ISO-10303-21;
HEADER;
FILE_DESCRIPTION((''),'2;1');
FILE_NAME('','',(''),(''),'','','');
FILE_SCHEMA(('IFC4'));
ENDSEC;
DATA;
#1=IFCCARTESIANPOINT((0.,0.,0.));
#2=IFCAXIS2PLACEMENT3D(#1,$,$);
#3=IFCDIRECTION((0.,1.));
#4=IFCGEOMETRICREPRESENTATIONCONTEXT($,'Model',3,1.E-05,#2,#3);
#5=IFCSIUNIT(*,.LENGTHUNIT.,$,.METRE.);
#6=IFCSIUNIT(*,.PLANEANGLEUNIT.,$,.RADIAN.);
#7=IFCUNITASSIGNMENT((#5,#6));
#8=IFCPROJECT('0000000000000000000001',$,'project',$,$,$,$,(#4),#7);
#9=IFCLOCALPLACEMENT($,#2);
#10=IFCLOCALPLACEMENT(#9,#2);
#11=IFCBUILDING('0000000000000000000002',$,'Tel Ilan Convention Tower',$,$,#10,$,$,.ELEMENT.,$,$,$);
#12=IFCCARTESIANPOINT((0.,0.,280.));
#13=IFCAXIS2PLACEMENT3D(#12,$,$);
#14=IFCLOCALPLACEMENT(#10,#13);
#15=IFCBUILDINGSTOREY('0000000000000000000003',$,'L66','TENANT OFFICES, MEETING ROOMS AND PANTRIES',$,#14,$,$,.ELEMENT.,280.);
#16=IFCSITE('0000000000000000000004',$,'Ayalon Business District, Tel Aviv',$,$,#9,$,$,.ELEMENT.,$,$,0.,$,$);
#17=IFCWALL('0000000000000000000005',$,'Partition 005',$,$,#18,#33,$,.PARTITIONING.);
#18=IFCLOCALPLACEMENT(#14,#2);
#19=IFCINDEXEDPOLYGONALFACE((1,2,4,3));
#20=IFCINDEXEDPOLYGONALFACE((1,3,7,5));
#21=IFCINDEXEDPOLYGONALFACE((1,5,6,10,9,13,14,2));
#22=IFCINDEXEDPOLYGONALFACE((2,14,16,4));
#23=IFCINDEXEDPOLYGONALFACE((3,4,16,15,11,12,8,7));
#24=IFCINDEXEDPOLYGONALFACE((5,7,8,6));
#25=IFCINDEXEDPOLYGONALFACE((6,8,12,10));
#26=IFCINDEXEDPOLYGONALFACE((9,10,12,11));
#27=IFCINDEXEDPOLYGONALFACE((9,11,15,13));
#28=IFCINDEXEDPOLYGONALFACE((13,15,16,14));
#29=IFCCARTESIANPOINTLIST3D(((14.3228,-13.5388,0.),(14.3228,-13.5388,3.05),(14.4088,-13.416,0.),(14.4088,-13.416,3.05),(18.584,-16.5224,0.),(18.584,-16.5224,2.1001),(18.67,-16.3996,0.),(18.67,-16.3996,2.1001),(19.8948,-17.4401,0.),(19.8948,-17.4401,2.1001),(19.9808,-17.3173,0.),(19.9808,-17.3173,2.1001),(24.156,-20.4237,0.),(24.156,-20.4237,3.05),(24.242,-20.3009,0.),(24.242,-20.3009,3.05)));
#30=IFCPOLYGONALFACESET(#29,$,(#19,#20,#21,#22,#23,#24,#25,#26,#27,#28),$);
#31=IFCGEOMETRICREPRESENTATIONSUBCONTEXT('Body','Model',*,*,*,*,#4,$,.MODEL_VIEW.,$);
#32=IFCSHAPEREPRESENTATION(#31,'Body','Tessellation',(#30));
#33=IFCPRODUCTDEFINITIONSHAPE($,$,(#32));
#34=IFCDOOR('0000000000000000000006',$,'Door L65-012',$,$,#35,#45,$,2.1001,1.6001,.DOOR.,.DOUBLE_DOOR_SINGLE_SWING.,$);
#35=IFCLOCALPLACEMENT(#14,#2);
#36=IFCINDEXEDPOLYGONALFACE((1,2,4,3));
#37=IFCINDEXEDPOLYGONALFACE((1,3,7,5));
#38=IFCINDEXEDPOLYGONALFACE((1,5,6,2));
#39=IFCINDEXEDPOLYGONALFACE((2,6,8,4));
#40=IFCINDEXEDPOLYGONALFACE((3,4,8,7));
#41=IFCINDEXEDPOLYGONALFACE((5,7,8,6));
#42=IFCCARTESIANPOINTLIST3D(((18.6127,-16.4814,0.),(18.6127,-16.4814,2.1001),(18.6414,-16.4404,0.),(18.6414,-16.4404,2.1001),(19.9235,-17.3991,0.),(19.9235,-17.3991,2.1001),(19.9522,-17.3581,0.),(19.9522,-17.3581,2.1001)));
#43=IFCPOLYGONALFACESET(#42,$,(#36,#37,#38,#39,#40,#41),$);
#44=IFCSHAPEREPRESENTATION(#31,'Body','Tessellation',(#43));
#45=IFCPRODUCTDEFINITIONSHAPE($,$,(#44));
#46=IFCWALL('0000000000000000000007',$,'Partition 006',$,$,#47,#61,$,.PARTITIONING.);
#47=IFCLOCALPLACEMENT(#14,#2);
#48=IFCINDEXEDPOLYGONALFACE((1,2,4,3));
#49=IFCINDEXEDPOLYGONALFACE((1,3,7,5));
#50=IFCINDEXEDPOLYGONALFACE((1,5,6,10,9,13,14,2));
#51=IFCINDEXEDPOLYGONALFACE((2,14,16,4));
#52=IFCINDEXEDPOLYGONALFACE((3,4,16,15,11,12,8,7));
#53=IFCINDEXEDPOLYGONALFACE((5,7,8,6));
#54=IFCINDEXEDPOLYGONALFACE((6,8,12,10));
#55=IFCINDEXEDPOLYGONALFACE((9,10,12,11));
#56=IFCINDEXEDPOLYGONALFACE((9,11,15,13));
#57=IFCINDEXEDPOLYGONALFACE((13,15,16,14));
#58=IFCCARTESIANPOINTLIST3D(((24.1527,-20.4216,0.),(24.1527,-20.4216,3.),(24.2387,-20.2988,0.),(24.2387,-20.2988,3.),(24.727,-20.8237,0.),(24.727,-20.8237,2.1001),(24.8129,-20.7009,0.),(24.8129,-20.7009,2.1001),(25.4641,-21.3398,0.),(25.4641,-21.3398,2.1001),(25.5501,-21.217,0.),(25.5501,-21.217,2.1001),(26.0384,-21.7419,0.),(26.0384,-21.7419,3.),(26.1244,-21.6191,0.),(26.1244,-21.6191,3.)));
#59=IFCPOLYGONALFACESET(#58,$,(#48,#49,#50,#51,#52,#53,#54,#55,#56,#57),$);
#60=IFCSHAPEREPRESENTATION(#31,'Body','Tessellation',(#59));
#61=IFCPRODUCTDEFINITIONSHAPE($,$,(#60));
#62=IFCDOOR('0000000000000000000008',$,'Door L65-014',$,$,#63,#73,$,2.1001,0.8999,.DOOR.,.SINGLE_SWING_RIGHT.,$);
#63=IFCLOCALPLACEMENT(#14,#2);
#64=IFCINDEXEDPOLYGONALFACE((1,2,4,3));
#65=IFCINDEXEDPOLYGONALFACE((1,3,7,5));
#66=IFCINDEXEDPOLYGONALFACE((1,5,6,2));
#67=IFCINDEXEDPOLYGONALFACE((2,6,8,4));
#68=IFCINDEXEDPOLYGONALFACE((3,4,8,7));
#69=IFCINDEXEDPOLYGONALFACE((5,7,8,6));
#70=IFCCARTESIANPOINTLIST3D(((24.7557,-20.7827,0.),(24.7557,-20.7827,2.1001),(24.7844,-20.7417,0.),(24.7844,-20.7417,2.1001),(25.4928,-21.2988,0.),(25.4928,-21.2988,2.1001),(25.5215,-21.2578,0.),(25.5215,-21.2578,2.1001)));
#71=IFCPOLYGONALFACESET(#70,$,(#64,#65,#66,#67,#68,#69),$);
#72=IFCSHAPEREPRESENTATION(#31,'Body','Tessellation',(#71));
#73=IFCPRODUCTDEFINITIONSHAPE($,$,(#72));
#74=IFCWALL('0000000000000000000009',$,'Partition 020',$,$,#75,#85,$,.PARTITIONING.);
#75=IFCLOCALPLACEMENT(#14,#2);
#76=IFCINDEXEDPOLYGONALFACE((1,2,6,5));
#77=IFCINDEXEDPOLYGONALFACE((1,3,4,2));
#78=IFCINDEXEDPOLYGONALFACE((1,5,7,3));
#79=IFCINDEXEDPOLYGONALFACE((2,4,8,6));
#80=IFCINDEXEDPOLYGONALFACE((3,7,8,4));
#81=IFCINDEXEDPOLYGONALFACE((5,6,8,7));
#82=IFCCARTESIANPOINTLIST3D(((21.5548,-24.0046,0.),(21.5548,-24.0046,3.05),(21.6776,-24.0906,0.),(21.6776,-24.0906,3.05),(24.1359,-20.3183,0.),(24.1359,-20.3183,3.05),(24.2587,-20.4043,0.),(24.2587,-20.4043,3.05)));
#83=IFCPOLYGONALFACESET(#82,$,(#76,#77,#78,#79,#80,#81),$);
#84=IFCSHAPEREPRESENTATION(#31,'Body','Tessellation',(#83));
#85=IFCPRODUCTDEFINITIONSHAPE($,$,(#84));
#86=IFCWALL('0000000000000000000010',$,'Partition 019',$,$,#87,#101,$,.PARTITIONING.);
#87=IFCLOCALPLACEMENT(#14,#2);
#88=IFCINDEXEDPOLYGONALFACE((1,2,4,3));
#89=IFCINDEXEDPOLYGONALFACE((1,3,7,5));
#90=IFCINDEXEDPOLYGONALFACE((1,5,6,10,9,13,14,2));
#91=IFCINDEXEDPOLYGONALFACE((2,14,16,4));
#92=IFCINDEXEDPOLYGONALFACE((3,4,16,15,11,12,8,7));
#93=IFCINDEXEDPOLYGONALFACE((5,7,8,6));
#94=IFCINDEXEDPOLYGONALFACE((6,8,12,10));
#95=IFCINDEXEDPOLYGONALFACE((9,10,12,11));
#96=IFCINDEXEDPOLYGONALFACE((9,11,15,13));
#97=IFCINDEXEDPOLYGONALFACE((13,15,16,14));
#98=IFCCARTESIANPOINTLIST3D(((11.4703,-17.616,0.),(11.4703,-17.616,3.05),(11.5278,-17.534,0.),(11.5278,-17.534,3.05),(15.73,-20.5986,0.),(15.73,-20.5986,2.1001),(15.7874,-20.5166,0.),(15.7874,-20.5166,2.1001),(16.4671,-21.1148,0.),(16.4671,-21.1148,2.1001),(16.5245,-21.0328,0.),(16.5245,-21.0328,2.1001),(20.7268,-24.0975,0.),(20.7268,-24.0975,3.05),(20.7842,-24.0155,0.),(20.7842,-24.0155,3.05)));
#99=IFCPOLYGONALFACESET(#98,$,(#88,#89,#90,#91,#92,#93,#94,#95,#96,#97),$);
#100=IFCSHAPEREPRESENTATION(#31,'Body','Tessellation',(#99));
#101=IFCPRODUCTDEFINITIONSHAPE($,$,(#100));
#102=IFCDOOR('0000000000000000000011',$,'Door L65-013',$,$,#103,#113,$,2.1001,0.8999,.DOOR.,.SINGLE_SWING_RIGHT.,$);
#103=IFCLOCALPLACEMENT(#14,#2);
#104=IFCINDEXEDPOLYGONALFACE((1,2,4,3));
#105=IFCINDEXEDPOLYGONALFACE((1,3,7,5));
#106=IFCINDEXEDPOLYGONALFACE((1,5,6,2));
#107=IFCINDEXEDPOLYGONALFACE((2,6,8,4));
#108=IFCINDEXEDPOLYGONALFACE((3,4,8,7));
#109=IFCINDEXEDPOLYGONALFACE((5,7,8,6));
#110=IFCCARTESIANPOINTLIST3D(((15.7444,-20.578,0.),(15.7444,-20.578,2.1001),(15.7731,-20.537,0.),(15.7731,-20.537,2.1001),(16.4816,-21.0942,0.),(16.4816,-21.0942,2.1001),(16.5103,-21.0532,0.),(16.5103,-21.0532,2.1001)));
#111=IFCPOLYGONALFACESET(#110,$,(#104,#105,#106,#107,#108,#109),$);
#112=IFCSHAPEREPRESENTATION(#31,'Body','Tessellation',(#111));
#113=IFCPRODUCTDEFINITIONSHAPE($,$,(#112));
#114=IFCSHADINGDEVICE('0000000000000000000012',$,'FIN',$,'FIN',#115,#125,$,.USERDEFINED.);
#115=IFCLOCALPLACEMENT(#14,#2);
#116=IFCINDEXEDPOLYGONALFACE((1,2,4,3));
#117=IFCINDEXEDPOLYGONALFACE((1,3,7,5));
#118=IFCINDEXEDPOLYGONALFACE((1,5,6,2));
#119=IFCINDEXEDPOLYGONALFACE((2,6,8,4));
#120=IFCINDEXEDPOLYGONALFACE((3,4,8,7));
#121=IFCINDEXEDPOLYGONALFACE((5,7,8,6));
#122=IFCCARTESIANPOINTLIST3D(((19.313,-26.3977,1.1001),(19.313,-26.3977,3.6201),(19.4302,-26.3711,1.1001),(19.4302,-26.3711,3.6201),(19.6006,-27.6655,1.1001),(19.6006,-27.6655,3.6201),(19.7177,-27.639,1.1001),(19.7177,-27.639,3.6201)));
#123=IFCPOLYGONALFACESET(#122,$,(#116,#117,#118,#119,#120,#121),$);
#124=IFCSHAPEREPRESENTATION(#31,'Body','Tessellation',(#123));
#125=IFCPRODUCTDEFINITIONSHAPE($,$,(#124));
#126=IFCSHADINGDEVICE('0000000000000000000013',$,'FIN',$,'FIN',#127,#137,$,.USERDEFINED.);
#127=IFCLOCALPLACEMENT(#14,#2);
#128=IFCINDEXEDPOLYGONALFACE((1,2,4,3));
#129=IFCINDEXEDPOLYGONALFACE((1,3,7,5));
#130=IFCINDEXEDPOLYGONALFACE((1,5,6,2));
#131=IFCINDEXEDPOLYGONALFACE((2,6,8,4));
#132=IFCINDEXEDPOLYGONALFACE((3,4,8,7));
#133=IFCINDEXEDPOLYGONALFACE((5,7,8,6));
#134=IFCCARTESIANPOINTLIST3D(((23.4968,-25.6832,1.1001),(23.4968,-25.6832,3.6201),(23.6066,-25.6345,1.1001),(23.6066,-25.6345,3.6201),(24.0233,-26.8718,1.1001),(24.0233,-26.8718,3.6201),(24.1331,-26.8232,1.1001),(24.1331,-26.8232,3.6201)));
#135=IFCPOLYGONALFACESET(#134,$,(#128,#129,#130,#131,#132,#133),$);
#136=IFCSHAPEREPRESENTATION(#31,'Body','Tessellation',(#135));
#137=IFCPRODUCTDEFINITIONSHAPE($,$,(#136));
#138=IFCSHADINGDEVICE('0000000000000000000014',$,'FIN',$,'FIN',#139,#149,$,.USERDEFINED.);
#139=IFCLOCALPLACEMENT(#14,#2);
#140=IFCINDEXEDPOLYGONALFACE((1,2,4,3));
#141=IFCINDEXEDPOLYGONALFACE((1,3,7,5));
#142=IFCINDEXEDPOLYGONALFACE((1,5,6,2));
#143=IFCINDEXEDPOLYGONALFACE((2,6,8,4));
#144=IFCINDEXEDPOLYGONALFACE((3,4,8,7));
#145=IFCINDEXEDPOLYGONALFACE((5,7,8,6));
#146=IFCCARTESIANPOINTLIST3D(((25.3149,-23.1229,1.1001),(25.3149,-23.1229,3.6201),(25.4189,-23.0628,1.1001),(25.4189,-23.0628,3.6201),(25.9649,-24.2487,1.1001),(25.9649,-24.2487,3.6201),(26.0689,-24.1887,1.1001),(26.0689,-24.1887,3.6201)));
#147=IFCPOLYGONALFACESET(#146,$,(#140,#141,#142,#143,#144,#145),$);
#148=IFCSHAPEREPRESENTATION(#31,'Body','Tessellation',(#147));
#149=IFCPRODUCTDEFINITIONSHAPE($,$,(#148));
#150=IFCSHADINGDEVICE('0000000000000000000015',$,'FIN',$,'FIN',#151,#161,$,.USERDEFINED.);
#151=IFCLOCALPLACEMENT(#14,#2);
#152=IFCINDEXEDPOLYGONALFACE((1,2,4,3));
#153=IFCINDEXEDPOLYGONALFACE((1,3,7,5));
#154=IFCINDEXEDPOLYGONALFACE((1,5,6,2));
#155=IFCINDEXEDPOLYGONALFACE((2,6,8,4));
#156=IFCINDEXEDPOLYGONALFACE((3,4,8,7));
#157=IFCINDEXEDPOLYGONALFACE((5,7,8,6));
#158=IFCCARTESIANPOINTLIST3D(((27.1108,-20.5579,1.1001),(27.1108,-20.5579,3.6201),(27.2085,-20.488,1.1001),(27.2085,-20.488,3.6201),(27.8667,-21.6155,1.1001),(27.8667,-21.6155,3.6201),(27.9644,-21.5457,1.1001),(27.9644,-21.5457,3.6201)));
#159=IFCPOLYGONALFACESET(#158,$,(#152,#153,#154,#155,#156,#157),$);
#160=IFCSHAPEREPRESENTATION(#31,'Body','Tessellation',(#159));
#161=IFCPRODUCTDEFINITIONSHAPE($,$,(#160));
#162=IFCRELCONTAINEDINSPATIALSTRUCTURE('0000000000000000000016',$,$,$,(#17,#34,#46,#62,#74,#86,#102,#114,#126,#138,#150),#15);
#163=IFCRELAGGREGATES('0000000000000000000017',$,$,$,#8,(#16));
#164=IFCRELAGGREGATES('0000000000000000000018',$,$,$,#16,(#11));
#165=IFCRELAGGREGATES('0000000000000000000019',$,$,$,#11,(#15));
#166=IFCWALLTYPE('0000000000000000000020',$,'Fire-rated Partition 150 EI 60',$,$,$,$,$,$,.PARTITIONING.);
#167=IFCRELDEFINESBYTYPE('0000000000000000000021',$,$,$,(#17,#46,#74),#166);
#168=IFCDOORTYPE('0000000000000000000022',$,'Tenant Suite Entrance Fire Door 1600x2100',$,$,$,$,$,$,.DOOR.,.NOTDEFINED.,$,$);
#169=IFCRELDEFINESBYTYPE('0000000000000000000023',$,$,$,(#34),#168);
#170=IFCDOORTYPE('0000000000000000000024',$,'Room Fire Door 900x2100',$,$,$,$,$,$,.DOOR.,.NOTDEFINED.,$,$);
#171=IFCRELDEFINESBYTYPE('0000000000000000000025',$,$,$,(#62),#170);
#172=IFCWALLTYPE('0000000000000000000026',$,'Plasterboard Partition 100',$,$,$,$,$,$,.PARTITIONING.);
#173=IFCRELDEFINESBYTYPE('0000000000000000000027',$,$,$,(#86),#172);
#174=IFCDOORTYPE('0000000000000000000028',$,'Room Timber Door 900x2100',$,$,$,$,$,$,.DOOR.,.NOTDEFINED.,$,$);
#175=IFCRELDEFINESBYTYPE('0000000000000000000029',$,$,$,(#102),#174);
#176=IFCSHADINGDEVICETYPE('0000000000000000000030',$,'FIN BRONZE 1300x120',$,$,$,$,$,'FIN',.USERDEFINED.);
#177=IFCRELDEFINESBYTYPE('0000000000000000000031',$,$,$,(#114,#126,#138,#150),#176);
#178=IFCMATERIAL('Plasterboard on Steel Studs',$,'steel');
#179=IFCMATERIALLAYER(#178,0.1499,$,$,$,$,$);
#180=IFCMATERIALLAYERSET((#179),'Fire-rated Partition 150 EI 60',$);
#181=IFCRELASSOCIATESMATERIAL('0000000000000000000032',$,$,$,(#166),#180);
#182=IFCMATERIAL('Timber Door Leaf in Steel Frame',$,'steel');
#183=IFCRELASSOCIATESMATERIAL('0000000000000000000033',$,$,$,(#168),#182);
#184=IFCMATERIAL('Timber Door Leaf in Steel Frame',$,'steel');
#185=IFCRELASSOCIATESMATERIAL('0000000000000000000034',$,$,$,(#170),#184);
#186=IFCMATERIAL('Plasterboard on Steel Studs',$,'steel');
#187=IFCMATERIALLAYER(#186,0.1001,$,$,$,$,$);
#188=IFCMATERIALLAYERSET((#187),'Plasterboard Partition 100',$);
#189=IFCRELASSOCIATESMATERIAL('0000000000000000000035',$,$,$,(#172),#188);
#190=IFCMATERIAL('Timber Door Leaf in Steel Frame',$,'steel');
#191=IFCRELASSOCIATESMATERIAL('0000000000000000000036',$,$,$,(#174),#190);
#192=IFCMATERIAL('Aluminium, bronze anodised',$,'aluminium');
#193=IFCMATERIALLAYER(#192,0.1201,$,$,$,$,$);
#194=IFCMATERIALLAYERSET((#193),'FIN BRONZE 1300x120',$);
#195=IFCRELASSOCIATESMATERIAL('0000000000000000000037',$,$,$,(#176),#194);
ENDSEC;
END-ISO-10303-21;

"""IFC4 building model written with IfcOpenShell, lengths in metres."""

from ifc_helpers import new_model, si_unit, direction, frame, frame_2d, origin, origin_2d, place, context, subcontext, project, spatial, rectangle, extrude, material, layer, layer_set, type_object, element, fill, save


model = new_model("IFC4")

# Units and contexts
model_context = context("Model", 3, precision=1e-05, world=origin(), true_north=direction((0.0, 1.0)))
body_context = subcontext(model_context, "Body", "Model", "MODEL_VIEW")
ifc_project = project(units=[si_unit("LENGTHUNIT", "METRE"), si_unit("PLANEANGLEUNIT", "RADIAN")], contexts=[model_context])

# Site, building, storey
site_placement = place(None, origin())
site = spatial("IfcSite", under=ifc_project, at=site_placement, Name="Ayalon Business District, Tel Aviv", CompositionType="ELEMENT", RefElevation=0.0)
building_placement = place(site_placement, origin())
building = spatial("IfcBuilding", under=site, at=building_placement, Name="Tel Ilan Convention Tower", CompositionType="ELEMENT")
storey_placement = place(building_placement, frame((0.0, 0.0, 280.0)))
storey = spatial("IfcBuildingStorey", under=building, at=storey_placement, Name="L66", Description="TENANT OFFICES, MEETING ROOMS AND PANTRIES", CompositionType="ELEMENT", Elevation=280.0)

# Walls, openings, doors
ifc_material_1 = material(Name="Plasterboard on Steel Studs", Category="steel")
ifc_layer_1 = layer(ifc_material_1, 0.1499)
ifc_layer_set_1 = layer_set([ifc_layer_1], Name="Fire-rated Partition 150 EI 60")
wall_type_1 = type_object("IfcWallType", Name="Fire-rated Partition 150 EI 60", PredefinedType="PARTITIONING", material=ifc_layer_set_1)
wall_1_placement = place(storey_placement, frame((24.199, -20.3623, 0.0), z_axis=(0.0, 0.0, 1.0), x_axis=(-0.819164, 0.573559, 0.0)))
wall_1 = element("IfcWall", 1, at=wall_1_placement, inside=storey, type_object=wall_type_1, Name="Partition 005", PredefinedType="PARTITIONING", context=body_context, shape_type="SweptSolid", body=[
    extrude(rectangle(XDim=12.0039, YDim=0.1499, at=frame_2d((6.002, 0.0))), origin(), (0.0, 0.0, 1.0), 3.05),
])
opening_1_placement = place(wall_1_placement, frame((5.2019, 0.0, 0.0)))
opening_1 = element("IfcOpeningElement", 2, at=opening_1_placement, cuts=wall_1, PredefinedType="OPENING", context=body_context, shape_type="SweptSolid", body=[
    extrude(rectangle(XDim=1.6001, YDim=2.1001, at=frame_2d((0.8, 1.05))), frame((0.0, 0.085, 0.0), z_axis=(0.0, -1.0, 0.0), x_axis=(1.0, 0.0, 0.0)), (0.0, 0.0, 1.0), 0.1699),
])
ifc_material_2 = material(Name="Timber Door Leaf in Steel Frame", Category="steel")
door_type_1 = type_object("IfcDoorType", Name="Tenant Suite Entrance Fire Door 1600x2100", OperationType="NOTDEFINED", PredefinedType="DOOR", material=ifc_material_2)
door_1_placement = place(opening_1_placement, origin())
door_1 = element("IfcDoor", 3, at=door_1_placement, inside=storey, type_object=door_type_1, Name="Door L65-012", OperationType="DOUBLE_DOOR_SINGLE_SWING", OverallHeight=2.1001, OverallWidth=1.6001, PredefinedType="DOOR", context=body_context, shape_type="SweptSolid", body=[
    extrude(rectangle(XDim=1.6001, YDim=2.1001, at=frame_2d((0.8, 1.05))), frame((0.0, 0.0249, 0.0), z_axis=(0.0, -1.0, 0.0), x_axis=(1.0, 0.0, 0.0)), (0.0, 0.0, 1.0), 0.05),
])
fill(opening_1, door_1)
wall_2_placement = place(storey_placement, frame((26.0813, -21.6804, 0.0), z_axis=(0.0, 0.0, 1.0), x_axis=(-0.819172, 0.573548, 0.0)))
wall_2 = element("IfcWall", 4, at=wall_2_placement, inside=storey, type_object=wall_type_1, Name="Partition 006", PredefinedType="PARTITIONING", context=body_context, shape_type="SweptSolid", body=[
    extrude(rectangle(XDim=2.302, YDim=0.1499, at=frame_2d((1.1509, 0.0))), origin(), (0.0, 0.0, 1.0), 3.0),
])
opening_2_placement = place(wall_2_placement, frame((0.7009, 0.0, 0.0)))
opening_2 = element("IfcOpeningElement", 5, at=opening_2_placement, cuts=wall_2, PredefinedType="OPENING", context=body_context, shape_type="SweptSolid", body=[
    extrude(rectangle(XDim=0.8999, YDim=2.1001, at=frame_2d((0.45, 1.05))), frame((0.0, 0.085, 0.0), z_axis=(0.0, -1.0, 0.0), x_axis=(1.0, 0.0, 0.0)), (0.0, 0.0, 1.0), 0.1699),
])
ifc_material_3 = material(Name="Timber Door Leaf in Steel Frame", Category="steel")
door_type_2 = type_object("IfcDoorType", Name="Room Fire Door 900x2100", OperationType="NOTDEFINED", PredefinedType="DOOR", material=ifc_material_3)
door_2_placement = place(opening_2_placement, origin())
door_2 = element("IfcDoor", 6, at=door_2_placement, inside=storey, type_object=door_type_2, Name="Door L65-014", OperationType="SINGLE_SWING_RIGHT", OverallHeight=2.1001, OverallWidth=0.8999, PredefinedType="DOOR", context=body_context, shape_type="SweptSolid", body=[
    extrude(rectangle(XDim=0.8999, YDim=2.1001, at=frame_2d((0.45, 1.05))), frame((0.0, 0.0249, 0.0), z_axis=(0.0, -1.0, 0.0), x_axis=(1.0, 0.0, 0.0)), (0.0, 0.0, 1.0), 0.05),
])
fill(opening_2, door_2)

# Wall
wall_3_placement = place(storey_placement, frame((24.1973, -20.3613, 0.0), z_axis=(0.0, 0.0, 1.0), x_axis=(-0.573561, -0.819163, 0.0)))
element("IfcWall", 7, at=wall_3_placement, inside=storey, type_object=wall_type_1, Name="Partition 020", PredefinedType="PARTITIONING", context=body_context, shape_type="SweptSolid", body=[
    extrude(rectangle(XDim=4.5, YDim=0.1499, at=frame_2d((2.25, 0.0))), origin(), (0.0, 0.0, 1.0), 3.05),
])

# Wall, opening, door
ifc_material_4 = material(Name="Plasterboard on Steel Studs", Category="steel")
ifc_layer_2 = layer(ifc_material_4, 0.1001)
ifc_layer_set_2 = layer_set([ifc_layer_2], Name="Plasterboard Partition 100")
wall_type_2 = type_object("IfcWallType", Name="Plasterboard Partition 100", PredefinedType="PARTITIONING", material=ifc_layer_set_2)
wall_4_placement = place(storey_placement, frame((20.7554, -24.0564, 0.0), z_axis=(0.0, 0.0, 1.0), x_axis=(-0.819149, 0.573581, 0.0)))
wall_4 = element("IfcWall", 8, at=wall_4_placement, inside=storey, type_object=wall_type_2, Name="Partition 019", PredefinedType="PARTITIONING", context=body_context, shape_type="SweptSolid", body=[
    extrude(rectangle(XDim=11.3, YDim=0.1001, at=frame_2d((5.6499, 0.0))), origin(), (0.0, 0.0, 1.0), 3.05),
])
opening_3_placement = place(wall_4_placement, frame((5.2, 0.0, 0.0)))
opening_3 = element("IfcOpeningElement", 9, at=opening_3_placement, cuts=wall_4, PredefinedType="OPENING", context=body_context, shape_type="SweptSolid", body=[
    extrude(rectangle(XDim=0.8999, YDim=2.1001, at=frame_2d((0.45, 1.05))), frame((0.0, 0.0601, 0.0), z_axis=(0.0, -1.0, 0.0), x_axis=(1.0, 0.0, 0.0)), (0.0, 0.0, 1.0), 0.1201),
])
ifc_material_5 = material(Name="Timber Door Leaf in Steel Frame", Category="steel")
door_type_3 = type_object("IfcDoorType", Name="Room Timber Door 900x2100", OperationType="NOTDEFINED", PredefinedType="DOOR", material=ifc_material_5)
door_3_placement = place(opening_3_placement, origin())
door_3 = element("IfcDoor", 10, at=door_3_placement, inside=storey, type_object=door_type_3, Name="Door L65-013", OperationType="SINGLE_SWING_RIGHT", OverallHeight=2.1001, OverallWidth=0.8999, PredefinedType="DOOR", context=body_context, shape_type="SweptSolid", body=[
    extrude(rectangle(XDim=0.8999, YDim=2.1001, at=frame_2d((0.45, 1.05))), frame((0.0, 0.0249, 0.0), z_axis=(0.0, -1.0, 0.0), x_axis=(1.0, 0.0, 0.0)), (0.0, 0.0, 1.0), 0.05),
])
fill(opening_3, door_3)

# Shading devices
ifc_material_6 = material(Name="Aluminium, bronze anodised", Category="aluminium")
ifc_layer_3 = layer(ifc_material_6, 0.1201)
ifc_layer_set_3 = layer_set([ifc_layer_3], Name="FIN BRONZE 1300x120")
shading_device_type = type_object("IfcShadingDeviceType", Name="FIN BRONZE 1300x120", ElementType="FIN", PredefinedType="USERDEFINED", material=ifc_layer_set_3)
for number, where, z_axis, x_axis, name in (
    (11, (19.5154, -27.0183, 1.1001), (0.0, 0.0, 1.0), (0.22117, -0.975235, 0.0), "FIN"),
    (12, (23.8149, -26.2532, 1.1001), (0.0, 0.0, 1.0), (0.404964, -0.914333, 0.0), "FIN"),
    (13, (25.6919, -23.6558, 1.1001), (0.0, 0.0, 1.0), (0.5, -0.866025, 0.0), "FIN"),
    (14, (27.5376, -21.0518, 1.1001), (0.0, 0.0, 1.0), (0.581492, -0.813552, 0.0), "FIN"),
):
    element("IfcShadingDevice", number, at=place(storey_placement, frame(where, z_axis=z_axis, x_axis=x_axis)), inside=storey, type_object=shading_device_type, Name=name, ObjectType="FIN", PredefinedType="USERDEFINED", context=body_context, shape_type="SweptSolid", body=[
        extrude(rectangle(XDim=1.3, YDim=0.1201, at=origin_2d()), origin(), (0.0, 0.0, 1.0), 2.52),
    ])

save(model, "model.ifc")
